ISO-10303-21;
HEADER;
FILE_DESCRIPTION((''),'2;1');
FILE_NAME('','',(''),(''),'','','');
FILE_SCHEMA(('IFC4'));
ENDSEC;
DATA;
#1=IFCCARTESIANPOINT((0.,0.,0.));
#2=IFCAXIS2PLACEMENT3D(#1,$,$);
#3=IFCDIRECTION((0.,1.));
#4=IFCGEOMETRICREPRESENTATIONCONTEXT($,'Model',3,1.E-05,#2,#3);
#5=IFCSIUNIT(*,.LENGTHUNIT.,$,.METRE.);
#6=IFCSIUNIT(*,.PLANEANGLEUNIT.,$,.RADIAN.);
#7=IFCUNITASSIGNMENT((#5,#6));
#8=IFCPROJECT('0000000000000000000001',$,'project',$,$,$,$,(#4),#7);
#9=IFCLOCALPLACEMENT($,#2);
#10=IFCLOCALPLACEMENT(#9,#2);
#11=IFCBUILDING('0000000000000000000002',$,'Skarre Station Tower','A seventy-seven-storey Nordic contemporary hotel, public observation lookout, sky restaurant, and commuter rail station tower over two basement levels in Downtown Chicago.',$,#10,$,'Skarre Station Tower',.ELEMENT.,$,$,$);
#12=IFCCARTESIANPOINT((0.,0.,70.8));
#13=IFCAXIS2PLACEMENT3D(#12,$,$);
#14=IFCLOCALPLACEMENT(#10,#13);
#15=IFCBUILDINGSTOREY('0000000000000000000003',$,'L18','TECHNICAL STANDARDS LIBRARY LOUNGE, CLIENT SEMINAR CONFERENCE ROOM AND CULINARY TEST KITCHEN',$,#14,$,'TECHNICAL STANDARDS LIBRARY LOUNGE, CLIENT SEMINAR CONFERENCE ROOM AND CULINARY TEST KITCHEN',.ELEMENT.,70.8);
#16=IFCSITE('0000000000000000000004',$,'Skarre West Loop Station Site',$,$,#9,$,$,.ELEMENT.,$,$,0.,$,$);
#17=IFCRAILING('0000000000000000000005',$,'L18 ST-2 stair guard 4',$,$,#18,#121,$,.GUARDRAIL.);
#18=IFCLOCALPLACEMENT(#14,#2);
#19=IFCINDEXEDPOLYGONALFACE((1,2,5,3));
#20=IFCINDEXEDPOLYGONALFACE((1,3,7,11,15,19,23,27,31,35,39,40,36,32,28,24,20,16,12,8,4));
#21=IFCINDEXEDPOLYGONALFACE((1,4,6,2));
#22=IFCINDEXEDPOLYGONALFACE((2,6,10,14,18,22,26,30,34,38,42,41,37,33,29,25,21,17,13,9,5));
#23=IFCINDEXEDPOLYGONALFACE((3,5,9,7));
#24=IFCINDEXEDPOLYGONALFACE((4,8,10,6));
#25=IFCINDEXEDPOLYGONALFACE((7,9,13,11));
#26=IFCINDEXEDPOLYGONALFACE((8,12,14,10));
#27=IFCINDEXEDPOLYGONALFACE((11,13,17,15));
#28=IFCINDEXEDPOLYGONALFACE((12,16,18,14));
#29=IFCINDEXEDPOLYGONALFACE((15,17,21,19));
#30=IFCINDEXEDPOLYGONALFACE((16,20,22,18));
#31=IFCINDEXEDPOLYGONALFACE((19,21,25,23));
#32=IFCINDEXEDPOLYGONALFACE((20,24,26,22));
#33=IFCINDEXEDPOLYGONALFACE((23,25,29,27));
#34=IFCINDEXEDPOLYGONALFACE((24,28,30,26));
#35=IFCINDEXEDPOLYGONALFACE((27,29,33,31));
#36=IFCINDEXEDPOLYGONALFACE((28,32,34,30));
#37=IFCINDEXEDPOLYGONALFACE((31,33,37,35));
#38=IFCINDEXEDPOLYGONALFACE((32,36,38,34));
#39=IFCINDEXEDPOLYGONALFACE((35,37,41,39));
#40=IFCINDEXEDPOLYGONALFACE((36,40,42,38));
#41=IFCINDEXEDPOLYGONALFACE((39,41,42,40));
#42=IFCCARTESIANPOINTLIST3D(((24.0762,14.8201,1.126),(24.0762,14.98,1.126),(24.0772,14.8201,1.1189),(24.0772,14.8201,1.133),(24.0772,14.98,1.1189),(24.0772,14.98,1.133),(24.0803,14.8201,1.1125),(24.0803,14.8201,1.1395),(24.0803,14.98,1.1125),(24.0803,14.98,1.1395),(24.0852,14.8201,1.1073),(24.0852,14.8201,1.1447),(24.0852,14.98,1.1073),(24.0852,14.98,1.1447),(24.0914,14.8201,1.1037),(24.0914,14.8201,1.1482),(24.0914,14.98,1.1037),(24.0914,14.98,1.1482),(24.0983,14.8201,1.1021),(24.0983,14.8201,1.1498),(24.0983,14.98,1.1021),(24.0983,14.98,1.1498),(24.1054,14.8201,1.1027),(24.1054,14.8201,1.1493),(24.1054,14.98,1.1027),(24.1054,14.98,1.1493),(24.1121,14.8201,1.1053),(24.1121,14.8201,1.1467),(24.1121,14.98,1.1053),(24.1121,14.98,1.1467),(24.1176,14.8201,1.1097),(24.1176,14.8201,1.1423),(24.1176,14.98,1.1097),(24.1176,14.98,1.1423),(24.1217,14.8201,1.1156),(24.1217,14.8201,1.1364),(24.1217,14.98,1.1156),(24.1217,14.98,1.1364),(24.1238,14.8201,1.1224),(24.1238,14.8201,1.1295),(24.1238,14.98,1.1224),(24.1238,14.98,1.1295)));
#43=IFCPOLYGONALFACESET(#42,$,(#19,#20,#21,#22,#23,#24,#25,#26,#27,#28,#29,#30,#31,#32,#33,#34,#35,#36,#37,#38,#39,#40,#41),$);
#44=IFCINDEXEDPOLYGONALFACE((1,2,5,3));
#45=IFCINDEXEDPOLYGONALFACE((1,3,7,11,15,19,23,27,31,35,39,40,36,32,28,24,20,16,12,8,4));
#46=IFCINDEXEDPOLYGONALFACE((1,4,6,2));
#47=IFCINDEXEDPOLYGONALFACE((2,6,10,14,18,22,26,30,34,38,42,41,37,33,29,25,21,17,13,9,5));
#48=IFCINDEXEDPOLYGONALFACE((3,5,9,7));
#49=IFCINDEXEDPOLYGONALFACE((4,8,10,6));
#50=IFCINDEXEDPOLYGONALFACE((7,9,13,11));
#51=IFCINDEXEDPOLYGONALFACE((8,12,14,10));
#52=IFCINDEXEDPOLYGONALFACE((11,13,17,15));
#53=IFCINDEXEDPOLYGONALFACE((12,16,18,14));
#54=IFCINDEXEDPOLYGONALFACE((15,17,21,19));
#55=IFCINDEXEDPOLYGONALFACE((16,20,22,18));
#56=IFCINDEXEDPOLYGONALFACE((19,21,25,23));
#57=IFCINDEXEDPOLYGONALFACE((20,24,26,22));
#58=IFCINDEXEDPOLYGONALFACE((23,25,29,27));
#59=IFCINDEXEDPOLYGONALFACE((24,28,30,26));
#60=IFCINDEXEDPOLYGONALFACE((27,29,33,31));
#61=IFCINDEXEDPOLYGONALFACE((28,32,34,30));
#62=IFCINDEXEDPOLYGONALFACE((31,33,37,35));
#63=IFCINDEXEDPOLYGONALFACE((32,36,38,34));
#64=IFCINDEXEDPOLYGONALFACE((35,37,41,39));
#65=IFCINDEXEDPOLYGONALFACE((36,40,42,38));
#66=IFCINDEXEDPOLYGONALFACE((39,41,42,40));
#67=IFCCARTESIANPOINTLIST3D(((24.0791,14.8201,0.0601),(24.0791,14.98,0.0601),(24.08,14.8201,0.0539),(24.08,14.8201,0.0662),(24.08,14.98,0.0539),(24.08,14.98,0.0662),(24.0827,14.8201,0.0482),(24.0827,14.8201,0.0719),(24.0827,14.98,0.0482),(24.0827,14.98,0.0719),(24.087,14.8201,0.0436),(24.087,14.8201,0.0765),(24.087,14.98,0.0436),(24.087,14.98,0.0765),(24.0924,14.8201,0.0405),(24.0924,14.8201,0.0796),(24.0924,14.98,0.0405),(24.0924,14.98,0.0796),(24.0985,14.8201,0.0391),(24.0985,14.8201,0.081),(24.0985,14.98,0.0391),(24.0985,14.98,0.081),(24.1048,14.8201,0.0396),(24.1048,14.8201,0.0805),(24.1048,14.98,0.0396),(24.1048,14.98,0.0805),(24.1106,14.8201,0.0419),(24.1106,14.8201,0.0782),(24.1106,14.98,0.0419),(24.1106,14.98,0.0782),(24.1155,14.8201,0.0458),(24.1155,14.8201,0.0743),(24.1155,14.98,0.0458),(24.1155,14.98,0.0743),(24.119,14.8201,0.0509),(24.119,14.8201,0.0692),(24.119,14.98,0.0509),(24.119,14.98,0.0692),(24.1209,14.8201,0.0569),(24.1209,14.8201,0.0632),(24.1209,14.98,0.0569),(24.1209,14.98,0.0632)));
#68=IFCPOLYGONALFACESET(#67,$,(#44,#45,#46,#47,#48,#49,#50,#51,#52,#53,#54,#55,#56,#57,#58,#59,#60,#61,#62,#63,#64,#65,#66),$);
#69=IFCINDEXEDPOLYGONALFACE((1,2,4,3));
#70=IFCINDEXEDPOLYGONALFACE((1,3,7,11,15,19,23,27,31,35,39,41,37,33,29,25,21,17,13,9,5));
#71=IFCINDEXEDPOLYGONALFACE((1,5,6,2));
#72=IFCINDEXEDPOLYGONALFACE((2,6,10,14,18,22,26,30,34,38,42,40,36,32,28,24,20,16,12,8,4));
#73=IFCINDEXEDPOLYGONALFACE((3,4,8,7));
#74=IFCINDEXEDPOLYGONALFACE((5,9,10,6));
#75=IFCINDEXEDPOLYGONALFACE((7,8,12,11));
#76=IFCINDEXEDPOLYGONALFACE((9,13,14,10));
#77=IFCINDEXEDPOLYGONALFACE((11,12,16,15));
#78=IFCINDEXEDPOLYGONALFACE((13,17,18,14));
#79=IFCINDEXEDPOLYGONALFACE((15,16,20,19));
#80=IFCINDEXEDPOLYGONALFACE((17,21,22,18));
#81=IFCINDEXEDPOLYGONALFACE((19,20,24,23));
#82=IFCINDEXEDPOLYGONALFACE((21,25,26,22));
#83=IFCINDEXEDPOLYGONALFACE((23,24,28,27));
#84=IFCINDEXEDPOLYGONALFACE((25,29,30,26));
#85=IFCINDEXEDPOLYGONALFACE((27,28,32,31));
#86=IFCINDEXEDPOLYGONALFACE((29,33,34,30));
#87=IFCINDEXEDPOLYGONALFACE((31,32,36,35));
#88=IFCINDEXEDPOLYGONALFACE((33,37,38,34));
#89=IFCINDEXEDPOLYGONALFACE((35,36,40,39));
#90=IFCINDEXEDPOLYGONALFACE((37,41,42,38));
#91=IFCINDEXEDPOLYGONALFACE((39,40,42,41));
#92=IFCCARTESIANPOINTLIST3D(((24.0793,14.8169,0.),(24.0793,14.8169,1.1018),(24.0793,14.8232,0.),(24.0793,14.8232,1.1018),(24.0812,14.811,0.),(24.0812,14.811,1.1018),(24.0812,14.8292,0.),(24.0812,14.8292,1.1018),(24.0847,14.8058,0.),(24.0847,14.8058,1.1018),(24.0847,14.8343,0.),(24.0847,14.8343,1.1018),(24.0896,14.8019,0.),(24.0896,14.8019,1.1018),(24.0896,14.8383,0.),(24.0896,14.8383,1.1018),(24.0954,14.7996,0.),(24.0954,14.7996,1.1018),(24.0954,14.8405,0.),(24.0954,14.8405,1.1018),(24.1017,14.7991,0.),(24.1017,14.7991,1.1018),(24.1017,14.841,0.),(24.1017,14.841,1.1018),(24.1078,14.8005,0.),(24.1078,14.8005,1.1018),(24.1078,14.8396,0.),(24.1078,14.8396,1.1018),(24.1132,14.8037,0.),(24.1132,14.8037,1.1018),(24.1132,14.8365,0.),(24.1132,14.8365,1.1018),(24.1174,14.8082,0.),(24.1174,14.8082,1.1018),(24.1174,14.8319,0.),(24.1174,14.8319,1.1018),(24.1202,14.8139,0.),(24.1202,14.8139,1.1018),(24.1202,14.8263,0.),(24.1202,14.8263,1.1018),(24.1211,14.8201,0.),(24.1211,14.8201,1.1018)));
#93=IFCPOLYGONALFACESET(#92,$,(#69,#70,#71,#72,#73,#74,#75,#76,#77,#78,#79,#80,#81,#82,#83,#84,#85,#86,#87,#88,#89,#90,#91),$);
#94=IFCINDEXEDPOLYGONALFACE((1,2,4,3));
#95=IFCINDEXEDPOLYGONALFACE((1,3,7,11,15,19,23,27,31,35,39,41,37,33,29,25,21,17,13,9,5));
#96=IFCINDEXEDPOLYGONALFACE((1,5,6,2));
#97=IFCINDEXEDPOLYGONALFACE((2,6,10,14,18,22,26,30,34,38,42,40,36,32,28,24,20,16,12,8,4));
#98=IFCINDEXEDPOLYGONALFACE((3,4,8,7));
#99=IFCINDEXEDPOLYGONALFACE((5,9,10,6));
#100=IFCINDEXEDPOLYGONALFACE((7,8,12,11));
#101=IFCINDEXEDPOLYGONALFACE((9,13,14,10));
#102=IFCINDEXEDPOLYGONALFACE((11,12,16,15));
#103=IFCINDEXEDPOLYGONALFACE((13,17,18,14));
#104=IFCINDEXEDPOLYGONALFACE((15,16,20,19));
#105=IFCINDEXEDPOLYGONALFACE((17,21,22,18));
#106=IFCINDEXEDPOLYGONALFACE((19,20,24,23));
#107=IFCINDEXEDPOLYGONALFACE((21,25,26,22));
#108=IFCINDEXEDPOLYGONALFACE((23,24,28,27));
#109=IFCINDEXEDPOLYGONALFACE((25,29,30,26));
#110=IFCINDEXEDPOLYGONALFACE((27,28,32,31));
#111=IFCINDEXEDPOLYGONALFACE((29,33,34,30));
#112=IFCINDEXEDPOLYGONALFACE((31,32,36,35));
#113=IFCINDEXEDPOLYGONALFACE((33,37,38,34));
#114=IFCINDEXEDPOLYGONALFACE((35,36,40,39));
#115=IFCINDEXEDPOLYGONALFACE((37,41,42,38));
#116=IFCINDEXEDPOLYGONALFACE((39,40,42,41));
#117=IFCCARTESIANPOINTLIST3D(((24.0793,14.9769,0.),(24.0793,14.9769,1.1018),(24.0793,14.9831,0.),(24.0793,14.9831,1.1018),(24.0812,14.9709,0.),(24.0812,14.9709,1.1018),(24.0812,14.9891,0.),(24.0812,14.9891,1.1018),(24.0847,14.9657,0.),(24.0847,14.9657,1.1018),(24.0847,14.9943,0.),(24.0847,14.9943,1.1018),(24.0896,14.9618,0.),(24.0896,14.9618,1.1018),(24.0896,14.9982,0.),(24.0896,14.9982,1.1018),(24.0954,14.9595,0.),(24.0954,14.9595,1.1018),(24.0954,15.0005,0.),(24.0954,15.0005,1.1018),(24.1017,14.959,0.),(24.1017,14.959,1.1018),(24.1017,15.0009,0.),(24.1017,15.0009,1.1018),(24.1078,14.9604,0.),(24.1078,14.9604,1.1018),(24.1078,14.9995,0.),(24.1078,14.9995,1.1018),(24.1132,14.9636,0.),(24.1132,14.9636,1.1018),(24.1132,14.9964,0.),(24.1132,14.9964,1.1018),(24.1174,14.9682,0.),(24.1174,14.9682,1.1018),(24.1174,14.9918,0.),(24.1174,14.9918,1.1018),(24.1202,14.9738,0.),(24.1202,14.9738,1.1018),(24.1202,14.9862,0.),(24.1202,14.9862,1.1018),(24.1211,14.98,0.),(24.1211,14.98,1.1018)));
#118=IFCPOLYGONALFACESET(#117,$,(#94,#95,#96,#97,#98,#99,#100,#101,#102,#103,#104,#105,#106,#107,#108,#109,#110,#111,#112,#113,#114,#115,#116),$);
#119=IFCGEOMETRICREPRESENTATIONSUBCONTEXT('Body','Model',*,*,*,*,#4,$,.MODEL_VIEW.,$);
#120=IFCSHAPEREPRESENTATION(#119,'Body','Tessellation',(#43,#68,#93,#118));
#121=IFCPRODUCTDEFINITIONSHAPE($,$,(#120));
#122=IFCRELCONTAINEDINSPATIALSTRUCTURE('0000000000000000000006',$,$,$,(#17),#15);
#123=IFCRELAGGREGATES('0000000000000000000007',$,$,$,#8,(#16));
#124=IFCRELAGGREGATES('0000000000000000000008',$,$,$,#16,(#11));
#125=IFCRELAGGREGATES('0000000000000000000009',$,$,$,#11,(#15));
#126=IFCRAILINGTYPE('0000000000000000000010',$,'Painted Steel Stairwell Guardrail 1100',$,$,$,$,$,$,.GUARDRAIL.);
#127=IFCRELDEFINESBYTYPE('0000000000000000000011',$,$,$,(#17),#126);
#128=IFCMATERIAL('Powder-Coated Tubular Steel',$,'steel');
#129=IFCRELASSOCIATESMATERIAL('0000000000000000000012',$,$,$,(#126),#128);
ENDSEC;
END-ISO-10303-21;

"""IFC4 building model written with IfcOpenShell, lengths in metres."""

from ifc_helpers import new_model, si_unit, direction, frame, origin, origin_2d, place, context, subcontext, project, spatial, circle, extrude, material, type_object, element, save


model = new_model("IFC4")

# Units and contexts
model_context = context("Model", 3, precision=1e-05, world=origin(), true_north=direction((0.0, 1.0)))
body_context = subcontext(model_context, "Body", "Model", "MODEL_VIEW")
ifc_project = project(units=[si_unit("LENGTHUNIT", "METRE"), si_unit("PLANEANGLEUNIT", "RADIAN")], contexts=[model_context])

# Site, building, storey
site_placement = place(None, origin())
site = spatial("IfcSite", under=ifc_project, at=site_placement, Name="Skarre West Loop Station Site", CompositionType="ELEMENT", RefElevation=0.0)
building_placement = place(site_placement, origin())
building = spatial("IfcBuilding", under=site, at=building_placement, Name="Skarre Station Tower", Description="A seventy-seven-storey Nordic contemporary hotel, public observation lookout, sky restaurant, and commuter rail station tower over two basement levels in Downtown Chicago.", LongName="Skarre Station Tower", CompositionType="ELEMENT")
storey_placement = place(building_placement, frame((0.0, 0.0, 70.8)))
storey = spatial("IfcBuildingStorey", under=building, at=storey_placement, Name="L18", Description="TECHNICAL STANDARDS LIBRARY LOUNGE, CLIENT SEMINAR CONFERENCE ROOM AND CULINARY TEST KITCHEN", LongName="TECHNICAL STANDARDS LIBRARY LOUNGE, CLIENT SEMINAR CONFERENCE ROOM AND CULINARY TEST KITCHEN", CompositionType="ELEMENT", Elevation=70.8)

# Railing
ifc_material_1 = material(Name="Powder-Coated Tubular Steel", Category="steel")
railing_type_1 = type_object("IfcRailingType", Name="Painted Steel Stairwell Guardrail 1100", PredefinedType="GUARDRAIL", material=ifc_material_1)
railing_1_placement = place(storey_placement, frame((24.1001, 14.8201, 0.0)))
element("IfcRailing", 1, at=railing_1_placement, inside=storey, type_object=railing_type_1, Name="L18 ST-2 stair guard 4", PredefinedType="GUARDRAIL", context=body_context, shape_type="SweptSolid", body=[
    extrude(circle(Radius=0.0239, at=origin_2d()), frame((0.0, 0.0, 1.126), z_axis=(0.0, 1.0, 0.0), x_axis=(-1.0, 0.0, 0.0)), (0.0, 0.0, 1.0), 0.1599),
    extrude(circle(Radius=0.021, at=origin_2d()), frame((0.0, 0.0, 0.0601), z_axis=(0.0, 1.0, 0.0), x_axis=(-1.0, 0.0, 0.0)), (0.0, 0.0, 1.0), 0.1599),
    extrude(circle(Radius=0.021, at=origin_2d()), origin(), (0.0, 0.0, 1.0), 1.1018),
    extrude(circle(Radius=0.021, at=origin_2d()), frame((0.0, 0.1599, 0.0)), (0.0, 0.0, 1.0), 1.1018),
])

save(model, "model.ifc")
